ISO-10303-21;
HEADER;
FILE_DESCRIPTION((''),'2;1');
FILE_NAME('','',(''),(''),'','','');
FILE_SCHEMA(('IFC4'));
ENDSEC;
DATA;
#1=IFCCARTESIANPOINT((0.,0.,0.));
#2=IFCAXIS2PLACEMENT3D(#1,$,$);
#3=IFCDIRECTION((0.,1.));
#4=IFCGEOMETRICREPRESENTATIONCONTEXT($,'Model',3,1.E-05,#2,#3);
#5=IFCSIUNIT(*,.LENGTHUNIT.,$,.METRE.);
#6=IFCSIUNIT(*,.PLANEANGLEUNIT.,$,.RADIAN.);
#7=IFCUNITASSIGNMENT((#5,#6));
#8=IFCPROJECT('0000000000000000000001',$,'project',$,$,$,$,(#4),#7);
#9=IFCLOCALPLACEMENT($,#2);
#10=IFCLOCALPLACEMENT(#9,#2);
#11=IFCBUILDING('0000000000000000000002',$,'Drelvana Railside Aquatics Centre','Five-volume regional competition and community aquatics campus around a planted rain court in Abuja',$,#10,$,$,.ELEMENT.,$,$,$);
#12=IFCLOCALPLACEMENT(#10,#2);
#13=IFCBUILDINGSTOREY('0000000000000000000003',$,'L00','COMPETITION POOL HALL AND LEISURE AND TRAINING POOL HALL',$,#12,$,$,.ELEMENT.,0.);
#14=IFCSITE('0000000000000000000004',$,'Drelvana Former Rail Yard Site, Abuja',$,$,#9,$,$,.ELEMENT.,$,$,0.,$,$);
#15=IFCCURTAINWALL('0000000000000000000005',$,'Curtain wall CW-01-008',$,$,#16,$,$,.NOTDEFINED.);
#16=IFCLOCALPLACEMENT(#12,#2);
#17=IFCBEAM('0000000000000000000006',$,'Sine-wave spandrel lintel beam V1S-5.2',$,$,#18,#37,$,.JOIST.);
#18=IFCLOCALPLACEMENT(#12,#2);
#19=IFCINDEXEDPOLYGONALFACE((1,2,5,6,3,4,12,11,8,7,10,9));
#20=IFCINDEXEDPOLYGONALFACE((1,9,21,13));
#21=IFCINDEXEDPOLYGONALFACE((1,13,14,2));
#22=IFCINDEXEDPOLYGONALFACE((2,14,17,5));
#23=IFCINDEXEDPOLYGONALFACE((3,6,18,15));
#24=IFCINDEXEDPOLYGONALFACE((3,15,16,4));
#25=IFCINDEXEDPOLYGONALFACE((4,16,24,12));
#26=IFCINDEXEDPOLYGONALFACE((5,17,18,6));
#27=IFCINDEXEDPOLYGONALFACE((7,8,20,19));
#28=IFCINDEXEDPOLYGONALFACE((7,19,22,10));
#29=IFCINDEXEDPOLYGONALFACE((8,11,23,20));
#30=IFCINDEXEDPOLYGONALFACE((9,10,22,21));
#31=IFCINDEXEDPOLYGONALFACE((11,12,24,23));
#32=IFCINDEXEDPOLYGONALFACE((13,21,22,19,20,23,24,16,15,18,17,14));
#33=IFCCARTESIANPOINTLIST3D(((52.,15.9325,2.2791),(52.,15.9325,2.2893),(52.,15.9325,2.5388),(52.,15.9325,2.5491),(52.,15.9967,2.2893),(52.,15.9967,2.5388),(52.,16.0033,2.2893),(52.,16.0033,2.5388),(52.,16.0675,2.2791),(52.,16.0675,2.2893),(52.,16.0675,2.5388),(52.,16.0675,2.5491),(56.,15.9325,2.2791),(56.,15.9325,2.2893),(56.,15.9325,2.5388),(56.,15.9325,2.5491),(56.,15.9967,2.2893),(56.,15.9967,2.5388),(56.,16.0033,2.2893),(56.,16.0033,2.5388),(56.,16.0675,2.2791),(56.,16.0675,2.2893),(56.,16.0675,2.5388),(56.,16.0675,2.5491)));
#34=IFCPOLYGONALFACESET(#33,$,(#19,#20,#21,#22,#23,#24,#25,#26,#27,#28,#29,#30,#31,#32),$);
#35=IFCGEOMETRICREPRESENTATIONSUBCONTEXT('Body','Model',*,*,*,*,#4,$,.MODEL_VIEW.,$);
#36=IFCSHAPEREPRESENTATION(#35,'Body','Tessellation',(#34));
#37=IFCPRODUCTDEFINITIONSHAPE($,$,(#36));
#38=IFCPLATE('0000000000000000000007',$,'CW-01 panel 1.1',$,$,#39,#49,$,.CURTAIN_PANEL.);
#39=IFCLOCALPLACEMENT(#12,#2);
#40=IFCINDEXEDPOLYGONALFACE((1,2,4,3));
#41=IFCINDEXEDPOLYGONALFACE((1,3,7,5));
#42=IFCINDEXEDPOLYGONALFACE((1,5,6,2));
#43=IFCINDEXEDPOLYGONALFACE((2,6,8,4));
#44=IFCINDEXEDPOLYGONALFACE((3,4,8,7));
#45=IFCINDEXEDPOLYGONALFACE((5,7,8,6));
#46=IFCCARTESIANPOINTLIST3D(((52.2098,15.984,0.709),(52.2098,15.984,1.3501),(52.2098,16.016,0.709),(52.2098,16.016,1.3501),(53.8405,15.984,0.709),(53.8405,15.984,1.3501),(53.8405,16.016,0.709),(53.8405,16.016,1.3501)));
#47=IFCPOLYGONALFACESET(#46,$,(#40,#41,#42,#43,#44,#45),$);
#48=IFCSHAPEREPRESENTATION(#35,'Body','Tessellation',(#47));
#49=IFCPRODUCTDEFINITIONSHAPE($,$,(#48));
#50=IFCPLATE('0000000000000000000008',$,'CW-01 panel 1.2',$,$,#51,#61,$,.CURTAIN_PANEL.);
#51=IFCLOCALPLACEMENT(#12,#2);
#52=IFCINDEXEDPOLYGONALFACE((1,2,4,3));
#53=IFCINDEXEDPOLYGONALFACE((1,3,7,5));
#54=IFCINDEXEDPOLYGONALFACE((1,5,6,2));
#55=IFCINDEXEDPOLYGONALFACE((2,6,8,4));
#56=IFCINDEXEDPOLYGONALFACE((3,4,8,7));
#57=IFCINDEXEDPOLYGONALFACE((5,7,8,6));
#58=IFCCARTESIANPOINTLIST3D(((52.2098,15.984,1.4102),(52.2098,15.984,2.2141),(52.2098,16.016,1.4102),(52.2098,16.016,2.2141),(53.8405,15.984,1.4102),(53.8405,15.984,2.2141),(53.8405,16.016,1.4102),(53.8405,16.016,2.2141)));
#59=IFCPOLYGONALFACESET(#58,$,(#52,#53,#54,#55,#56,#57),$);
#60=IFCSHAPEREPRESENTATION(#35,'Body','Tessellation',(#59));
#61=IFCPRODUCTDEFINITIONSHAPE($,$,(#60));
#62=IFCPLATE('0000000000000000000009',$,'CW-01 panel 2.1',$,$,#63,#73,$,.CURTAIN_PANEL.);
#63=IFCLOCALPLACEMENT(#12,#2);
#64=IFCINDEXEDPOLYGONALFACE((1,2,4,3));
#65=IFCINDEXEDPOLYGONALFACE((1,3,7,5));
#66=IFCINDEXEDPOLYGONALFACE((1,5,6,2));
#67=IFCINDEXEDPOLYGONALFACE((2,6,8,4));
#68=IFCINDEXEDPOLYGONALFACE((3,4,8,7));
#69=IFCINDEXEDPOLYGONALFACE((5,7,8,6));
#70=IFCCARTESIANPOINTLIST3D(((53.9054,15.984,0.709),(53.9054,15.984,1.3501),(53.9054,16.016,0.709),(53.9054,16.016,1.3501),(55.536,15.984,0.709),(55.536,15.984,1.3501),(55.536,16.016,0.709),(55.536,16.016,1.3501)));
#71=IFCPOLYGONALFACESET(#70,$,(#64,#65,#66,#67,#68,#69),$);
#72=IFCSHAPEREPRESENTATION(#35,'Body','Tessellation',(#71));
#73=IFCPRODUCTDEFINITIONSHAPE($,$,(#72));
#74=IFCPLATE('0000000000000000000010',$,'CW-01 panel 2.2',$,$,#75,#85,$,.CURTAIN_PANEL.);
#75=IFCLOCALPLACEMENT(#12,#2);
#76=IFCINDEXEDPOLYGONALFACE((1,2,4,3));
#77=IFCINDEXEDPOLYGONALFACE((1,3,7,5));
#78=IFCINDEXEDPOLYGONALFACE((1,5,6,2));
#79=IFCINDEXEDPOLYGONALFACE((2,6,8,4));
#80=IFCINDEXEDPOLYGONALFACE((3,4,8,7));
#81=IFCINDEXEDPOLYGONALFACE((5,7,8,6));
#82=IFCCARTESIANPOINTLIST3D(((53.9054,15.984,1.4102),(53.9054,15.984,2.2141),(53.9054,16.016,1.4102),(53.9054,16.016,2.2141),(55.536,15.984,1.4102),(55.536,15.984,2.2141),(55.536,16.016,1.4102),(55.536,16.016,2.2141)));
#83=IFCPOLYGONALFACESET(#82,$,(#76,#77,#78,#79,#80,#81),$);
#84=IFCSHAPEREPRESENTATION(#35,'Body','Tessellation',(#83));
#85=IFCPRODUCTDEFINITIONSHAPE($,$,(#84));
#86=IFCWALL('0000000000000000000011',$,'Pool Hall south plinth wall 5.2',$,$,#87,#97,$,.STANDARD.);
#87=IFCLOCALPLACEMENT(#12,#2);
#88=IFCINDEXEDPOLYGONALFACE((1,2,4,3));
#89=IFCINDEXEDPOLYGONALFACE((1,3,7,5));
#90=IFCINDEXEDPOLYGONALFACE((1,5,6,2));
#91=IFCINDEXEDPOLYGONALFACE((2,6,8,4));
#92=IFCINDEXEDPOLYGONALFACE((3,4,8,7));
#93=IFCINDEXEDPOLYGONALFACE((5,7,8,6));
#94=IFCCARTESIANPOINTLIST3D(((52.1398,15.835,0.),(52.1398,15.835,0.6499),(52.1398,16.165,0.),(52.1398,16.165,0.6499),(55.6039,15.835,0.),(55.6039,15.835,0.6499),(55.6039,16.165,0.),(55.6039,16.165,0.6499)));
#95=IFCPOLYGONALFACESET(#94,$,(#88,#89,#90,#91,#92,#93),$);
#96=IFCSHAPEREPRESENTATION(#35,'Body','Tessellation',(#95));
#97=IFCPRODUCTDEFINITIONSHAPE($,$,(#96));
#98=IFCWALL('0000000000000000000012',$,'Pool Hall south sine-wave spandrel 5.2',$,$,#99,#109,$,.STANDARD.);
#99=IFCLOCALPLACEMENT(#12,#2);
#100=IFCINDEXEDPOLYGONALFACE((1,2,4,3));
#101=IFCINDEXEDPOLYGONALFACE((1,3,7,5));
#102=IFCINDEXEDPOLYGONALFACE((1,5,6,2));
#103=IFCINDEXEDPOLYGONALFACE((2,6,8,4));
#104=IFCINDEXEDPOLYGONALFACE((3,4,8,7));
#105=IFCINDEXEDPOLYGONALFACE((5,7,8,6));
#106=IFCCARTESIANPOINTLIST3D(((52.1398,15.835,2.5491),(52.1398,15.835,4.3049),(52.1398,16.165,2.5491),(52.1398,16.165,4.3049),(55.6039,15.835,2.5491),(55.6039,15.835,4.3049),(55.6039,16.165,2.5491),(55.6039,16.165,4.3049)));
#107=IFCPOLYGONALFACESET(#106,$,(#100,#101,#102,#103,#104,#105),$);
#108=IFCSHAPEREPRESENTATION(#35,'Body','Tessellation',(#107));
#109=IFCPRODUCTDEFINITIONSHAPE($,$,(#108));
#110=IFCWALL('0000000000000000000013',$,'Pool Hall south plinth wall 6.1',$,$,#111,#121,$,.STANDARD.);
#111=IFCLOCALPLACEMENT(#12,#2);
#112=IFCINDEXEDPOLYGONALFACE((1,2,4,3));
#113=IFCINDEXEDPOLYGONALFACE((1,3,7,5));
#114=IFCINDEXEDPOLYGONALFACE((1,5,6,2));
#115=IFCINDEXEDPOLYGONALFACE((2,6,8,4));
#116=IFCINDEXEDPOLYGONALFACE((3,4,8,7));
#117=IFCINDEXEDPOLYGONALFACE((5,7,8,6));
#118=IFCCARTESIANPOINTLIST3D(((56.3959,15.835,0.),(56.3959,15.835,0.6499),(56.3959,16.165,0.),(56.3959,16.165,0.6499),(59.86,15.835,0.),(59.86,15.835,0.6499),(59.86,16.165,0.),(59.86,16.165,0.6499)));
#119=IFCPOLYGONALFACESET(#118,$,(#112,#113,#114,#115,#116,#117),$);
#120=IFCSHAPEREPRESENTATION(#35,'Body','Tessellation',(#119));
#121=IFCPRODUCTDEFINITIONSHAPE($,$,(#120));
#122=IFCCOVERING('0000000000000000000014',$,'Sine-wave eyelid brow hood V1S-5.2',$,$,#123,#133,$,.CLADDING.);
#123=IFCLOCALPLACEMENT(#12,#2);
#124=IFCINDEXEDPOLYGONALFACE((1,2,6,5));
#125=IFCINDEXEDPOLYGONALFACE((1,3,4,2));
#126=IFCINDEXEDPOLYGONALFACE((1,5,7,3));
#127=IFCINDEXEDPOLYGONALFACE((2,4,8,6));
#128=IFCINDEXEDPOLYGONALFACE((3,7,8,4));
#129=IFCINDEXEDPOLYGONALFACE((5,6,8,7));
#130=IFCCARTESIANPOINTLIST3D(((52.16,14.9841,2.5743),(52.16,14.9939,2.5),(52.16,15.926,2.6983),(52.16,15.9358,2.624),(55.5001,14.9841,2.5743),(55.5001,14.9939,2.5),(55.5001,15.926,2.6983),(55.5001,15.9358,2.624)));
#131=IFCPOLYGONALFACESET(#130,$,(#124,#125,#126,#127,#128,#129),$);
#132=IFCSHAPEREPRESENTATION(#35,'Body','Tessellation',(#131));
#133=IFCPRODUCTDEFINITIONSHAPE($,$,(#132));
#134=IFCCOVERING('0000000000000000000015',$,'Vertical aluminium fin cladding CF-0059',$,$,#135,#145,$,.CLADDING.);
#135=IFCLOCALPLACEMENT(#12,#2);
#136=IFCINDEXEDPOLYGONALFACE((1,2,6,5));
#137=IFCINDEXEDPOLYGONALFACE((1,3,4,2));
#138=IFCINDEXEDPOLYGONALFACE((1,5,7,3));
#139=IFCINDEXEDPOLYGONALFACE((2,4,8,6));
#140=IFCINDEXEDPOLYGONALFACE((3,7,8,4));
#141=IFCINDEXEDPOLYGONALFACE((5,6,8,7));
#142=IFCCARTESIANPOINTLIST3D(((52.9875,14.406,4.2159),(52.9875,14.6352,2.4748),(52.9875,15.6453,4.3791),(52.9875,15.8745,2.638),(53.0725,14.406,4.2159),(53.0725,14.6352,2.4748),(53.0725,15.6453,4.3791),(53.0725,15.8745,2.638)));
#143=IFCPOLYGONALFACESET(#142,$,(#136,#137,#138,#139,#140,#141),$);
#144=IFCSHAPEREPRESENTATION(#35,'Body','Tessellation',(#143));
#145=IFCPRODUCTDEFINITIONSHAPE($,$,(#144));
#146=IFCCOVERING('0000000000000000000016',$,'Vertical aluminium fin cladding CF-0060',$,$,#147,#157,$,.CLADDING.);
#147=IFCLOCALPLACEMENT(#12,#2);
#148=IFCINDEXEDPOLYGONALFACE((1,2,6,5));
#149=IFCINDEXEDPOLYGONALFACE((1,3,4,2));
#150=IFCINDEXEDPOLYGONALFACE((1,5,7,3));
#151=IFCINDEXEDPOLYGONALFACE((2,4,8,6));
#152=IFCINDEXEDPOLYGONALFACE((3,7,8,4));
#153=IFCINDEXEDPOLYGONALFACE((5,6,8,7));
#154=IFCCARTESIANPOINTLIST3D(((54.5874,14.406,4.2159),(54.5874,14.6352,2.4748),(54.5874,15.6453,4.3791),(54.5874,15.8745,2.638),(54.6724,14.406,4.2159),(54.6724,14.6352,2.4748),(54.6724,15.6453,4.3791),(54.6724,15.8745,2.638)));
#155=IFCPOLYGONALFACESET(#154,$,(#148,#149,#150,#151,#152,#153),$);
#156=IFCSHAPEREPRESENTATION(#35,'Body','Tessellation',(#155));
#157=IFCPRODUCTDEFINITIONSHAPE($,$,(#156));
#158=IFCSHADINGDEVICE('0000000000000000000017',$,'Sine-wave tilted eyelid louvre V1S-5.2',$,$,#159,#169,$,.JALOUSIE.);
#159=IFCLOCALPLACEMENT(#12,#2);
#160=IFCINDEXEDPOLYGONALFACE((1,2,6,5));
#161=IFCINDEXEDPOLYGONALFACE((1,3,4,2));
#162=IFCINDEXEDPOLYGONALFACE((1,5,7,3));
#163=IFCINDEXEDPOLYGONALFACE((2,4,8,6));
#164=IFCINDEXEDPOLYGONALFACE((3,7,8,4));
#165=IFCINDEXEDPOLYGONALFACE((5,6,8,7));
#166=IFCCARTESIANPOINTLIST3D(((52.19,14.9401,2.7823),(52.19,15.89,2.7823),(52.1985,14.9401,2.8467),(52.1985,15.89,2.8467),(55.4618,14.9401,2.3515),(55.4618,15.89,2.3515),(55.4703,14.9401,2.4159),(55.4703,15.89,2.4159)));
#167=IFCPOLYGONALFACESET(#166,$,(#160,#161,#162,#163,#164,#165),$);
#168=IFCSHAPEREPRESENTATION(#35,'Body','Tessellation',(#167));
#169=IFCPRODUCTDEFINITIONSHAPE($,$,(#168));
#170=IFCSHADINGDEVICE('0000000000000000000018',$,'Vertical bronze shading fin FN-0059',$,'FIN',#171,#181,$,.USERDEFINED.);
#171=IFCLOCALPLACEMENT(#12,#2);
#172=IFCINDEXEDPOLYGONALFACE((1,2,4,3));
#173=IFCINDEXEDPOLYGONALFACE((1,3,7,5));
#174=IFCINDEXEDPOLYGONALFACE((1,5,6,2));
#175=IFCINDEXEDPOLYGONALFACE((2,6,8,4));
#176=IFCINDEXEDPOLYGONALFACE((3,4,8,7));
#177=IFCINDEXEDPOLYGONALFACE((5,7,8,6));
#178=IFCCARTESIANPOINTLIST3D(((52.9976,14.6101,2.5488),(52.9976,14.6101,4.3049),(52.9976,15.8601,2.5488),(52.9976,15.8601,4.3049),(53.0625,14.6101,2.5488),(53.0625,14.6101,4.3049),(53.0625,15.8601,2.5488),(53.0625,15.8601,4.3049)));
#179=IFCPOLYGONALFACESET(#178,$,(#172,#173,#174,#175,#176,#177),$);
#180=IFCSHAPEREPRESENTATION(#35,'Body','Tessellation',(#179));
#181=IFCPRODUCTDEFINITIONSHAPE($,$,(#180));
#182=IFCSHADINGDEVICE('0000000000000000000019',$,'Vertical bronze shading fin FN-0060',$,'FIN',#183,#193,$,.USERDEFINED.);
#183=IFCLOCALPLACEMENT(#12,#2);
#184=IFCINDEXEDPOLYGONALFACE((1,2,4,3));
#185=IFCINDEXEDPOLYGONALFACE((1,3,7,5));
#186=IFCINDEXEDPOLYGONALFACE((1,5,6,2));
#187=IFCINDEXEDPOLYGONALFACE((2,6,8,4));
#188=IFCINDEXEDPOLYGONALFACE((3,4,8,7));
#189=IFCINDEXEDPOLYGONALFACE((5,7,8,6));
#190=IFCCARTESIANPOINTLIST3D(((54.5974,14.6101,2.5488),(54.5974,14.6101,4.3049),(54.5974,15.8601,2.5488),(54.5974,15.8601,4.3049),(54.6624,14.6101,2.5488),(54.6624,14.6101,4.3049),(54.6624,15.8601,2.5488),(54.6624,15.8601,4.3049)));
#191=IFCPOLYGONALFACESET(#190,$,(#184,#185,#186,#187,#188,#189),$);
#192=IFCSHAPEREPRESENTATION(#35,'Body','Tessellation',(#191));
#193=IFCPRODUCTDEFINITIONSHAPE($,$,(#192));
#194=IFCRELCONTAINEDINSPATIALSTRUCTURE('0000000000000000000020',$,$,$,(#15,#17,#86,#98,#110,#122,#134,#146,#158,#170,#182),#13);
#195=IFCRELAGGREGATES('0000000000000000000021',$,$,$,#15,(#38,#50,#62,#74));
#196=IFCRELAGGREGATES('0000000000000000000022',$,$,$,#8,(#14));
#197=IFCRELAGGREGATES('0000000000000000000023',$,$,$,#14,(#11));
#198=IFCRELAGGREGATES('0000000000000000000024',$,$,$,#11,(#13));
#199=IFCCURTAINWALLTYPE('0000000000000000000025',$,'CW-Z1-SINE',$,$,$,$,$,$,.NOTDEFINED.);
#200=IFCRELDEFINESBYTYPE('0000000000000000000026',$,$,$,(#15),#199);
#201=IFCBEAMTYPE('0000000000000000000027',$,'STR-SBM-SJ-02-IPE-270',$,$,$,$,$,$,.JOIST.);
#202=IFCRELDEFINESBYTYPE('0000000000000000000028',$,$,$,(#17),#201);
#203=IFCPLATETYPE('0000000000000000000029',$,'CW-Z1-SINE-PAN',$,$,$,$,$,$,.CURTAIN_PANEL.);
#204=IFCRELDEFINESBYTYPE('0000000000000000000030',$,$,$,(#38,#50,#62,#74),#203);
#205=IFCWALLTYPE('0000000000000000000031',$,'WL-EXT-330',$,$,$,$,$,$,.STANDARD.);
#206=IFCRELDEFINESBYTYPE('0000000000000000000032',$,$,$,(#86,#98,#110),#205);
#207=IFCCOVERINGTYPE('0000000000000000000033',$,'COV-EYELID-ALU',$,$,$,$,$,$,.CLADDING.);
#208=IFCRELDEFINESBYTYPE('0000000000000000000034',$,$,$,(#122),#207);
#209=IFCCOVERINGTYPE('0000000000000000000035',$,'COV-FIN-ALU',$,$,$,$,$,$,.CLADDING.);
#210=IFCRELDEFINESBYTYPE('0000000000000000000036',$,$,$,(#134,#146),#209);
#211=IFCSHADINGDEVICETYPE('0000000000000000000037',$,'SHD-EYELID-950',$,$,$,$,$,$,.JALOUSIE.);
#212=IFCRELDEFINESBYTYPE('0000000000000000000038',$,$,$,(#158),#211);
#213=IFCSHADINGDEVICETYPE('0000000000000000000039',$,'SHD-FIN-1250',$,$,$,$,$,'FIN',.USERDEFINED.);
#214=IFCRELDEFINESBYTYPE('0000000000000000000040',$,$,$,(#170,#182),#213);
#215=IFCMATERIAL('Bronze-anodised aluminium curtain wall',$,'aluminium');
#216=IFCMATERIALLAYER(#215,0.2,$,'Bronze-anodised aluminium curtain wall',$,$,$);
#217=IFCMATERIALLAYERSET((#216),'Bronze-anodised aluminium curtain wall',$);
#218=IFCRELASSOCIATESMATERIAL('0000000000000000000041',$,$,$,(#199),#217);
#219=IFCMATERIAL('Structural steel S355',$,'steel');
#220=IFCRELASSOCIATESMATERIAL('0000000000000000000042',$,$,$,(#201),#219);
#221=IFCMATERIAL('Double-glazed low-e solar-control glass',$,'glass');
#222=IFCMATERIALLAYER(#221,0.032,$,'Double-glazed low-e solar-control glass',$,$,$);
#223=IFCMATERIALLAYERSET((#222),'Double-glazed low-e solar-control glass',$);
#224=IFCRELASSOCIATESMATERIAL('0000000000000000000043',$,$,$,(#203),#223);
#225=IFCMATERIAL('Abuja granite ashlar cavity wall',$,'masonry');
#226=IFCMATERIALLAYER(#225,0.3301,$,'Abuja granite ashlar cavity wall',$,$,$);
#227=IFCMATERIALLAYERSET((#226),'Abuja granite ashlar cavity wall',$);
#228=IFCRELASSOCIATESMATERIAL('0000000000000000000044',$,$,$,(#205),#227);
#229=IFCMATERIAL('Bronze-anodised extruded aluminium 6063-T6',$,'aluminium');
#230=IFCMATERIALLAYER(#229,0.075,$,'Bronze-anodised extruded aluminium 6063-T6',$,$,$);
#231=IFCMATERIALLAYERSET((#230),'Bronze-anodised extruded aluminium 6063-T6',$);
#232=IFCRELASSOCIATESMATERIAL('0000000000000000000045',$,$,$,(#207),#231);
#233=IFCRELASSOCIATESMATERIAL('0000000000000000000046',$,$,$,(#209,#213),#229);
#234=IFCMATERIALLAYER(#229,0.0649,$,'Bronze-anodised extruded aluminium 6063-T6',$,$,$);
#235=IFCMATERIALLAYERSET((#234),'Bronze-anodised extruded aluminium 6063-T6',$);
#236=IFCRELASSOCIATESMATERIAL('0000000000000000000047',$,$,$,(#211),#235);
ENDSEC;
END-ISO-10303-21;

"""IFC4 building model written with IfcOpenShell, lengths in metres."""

from ifc_helpers import new_model, si_unit, direction, frame, frame_2d, origin, origin_2d, place, context, subcontext, project, spatial, rectangle, i_section, extrude, material, layer, layer_set, material_profile, profile_set, type_object, element, aggregate, save


model = new_model("IFC4")

# Units and contexts
model_context = context("Model", 3, precision=1e-05, world=origin(), true_north=direction((0.0, 1.0)))
body_context = subcontext(model_context, "Body", "Model", "MODEL_VIEW")
ifc_project = project(units=[si_unit("LENGTHUNIT", "METRE"), si_unit("PLANEANGLEUNIT", "RADIAN")], contexts=[model_context])

# Site, building, storey
site_placement = place(None, origin())
site = spatial("IfcSite", under=ifc_project, at=site_placement, Name="Drelvana Former Rail Yard Site, Abuja", CompositionType="ELEMENT", RefElevation=0.0)
building_placement = place(site_placement, origin())
building = spatial("IfcBuilding", under=site, at=building_placement, Name="Drelvana Railside Aquatics Centre", Description="Five-volume regional competition and community aquatics campus around a planted rain court in Abuja", CompositionType="ELEMENT")
storey_placement = place(building_placement, origin())
storey = spatial("IfcBuildingStorey", under=building, at=storey_placement, Name="L00", Description="COMPETITION POOL HALL AND LEISURE AND TRAINING POOL HALL", CompositionType="ELEMENT", Elevation=0.0)

# Curtain wall
ifc_material_1 = material(Name="Bronze-anodised aluminium curtain wall", Category="aluminium")
ifc_layer_1 = layer(ifc_material_1, 0.2, Name="Bronze-anodised aluminium curtain wall")
ifc_layer_set_1 = layer_set([ifc_layer_1], Name="Bronze-anodised aluminium curtain wall")
curtain_wall_type = type_object("IfcCurtainWallType", Name="CW-Z1-SINE", PredefinedType="NOTDEFINED", material=ifc_layer_set_1)
curtain_wall_1_placement = place(storey_placement, origin())
curtain_wall_1 = element("IfcCurtainWall", 1, at=curtain_wall_1_placement, inside=storey, type_object=curtain_wall_type, Name="Curtain wall CW-01-008", PredefinedType="NOTDEFINED")

# Beam
ifc_material_2 = material(Name="Structural steel S355", Category="steel")
ifc_material_profile_1 = material_profile(ifc_material_2, i_section(OverallWidth=0.135, OverallDepth=0.27, WebThickness=0.0066, FlangeThickness=0.0103, at=origin_2d()), Name="IPE 270")
ifc_profile_set_1 = profile_set([ifc_material_profile_1], Name="Structural steel S355")
beam_type_1 = type_object("IfcBeamType", Name="STR-SBM-SJ-02-IPE-270", PredefinedType="JOIST", material=ifc_profile_set_1)
beam_1_placement = place(storey_placement, frame((52.0, 16.0, 2.4141), z_axis=(1.0, 0.0, 0.0), x_axis=(0.0, 1.0, 0.0)))
element("IfcBeam", 2, at=beam_1_placement, inside=storey, type_object=beam_type_1, Name="Sine-wave spandrel lintel beam V1S-5.2", PredefinedType="JOIST", context=body_context, shape_type="SweptSolid", body=[
    extrude(i_section(OverallWidth=0.135, OverallDepth=0.27, WebThickness=0.0066, FlangeThickness=0.0103, at=origin_2d()), origin(), (0.0, 0.0, 1.0), 4.0),
])

# Plates
ifc_material_3 = material(Name="Double-glazed low-e solar-control glass", Category="glass")
ifc_layer_2 = layer(ifc_material_3, 0.032, Name="Double-glazed low-e solar-control glass")
ifc_layer_set_2 = layer_set([ifc_layer_2], Name="Double-glazed low-e solar-control glass")
plate_type = type_object("IfcPlateType", Name="CW-Z1-SINE-PAN", PredefinedType="CURTAIN_PANEL", material=ifc_layer_set_2)
plate_1_placement = place(storey_placement, frame((53.0251, 16.0, 0.709), z_axis=(0.0, 0.0, 1.0), x_axis=(1.0, 0.0, 0.0)))
plate_1 = element("IfcPlate", 3, at=plate_1_placement, type_object=plate_type, Name="CW-01 panel 1.1", PredefinedType="CURTAIN_PANEL", context=body_context, shape_type="SweptSolid", body=[
    extrude(rectangle(XDim=1.6306, YDim=0.032, at=origin_2d()), origin(), (0.0, 0.0, 1.0), 0.6411),
])
plate_2_placement = place(storey_placement, frame((53.0251, 16.0, 1.4102), z_axis=(0.0, 0.0, 1.0), x_axis=(1.0, 0.0, 0.0)))
plate_2 = element("IfcPlate", 4, at=plate_2_placement, type_object=plate_type, Name="CW-01 panel 1.2", PredefinedType="CURTAIN_PANEL", context=body_context, shape_type="SweptSolid", body=[
    extrude(rectangle(XDim=1.6306, YDim=0.032, at=origin_2d()), origin(), (0.0, 0.0, 1.0), 0.804),
])
plate_3_placement = place(storey_placement, frame((54.7207, 16.0, 0.709), z_axis=(0.0, 0.0, 1.0), x_axis=(1.0, 0.0, 0.0)))
plate_3 = element("IfcPlate", 5, at=plate_3_placement, type_object=plate_type, Name="CW-01 panel 2.1", PredefinedType="CURTAIN_PANEL", context=body_context, shape_type="SweptSolid", body=[
    extrude(rectangle(XDim=1.6306, YDim=0.032, at=origin_2d()), origin(), (0.0, 0.0, 1.0), 0.6411),
])
plate_4_placement = place(storey_placement, frame((54.7207, 16.0, 1.4102), z_axis=(0.0, 0.0, 1.0), x_axis=(1.0, 0.0, 0.0)))
plate_4 = element("IfcPlate", 6, at=plate_4_placement, type_object=plate_type, Name="CW-01 panel 2.2", PredefinedType="CURTAIN_PANEL", context=body_context, shape_type="SweptSolid", body=[
    extrude(rectangle(XDim=1.6306, YDim=0.032, at=origin_2d()), origin(), (0.0, 0.0, 1.0), 0.804),
])
aggregate(curtain_wall_1, [plate_1, plate_2, plate_3, plate_4])

# Walls
ifc_material_4 = material(Name="Abuja granite ashlar cavity wall", Category="masonry")
ifc_layer_3 = layer(ifc_material_4, 0.3301, Name="Abuja granite ashlar cavity wall")
ifc_layer_set_3 = layer_set([ifc_layer_3], Name="Abuja granite ashlar cavity wall")
wall_type = type_object("IfcWallType", Name="WL-EXT-330", PredefinedType="STANDARD", material=ifc_layer_set_3)
wall_1_placement = place(storey_placement, frame((52.1399, 16.0, 0.0), z_axis=(0.0, 0.0, 1.0), x_axis=(1.0, 0.0, 0.0)))
element("IfcWall", 7, at=wall_1_placement, inside=storey, type_object=wall_type, Name="Pool Hall south plinth wall 5.2", PredefinedType="STANDARD", context=body_context, shape_type="SweptSolid", body=[
    extrude(rectangle(XDim=3.4641, YDim=0.3301, at=frame_2d((1.7319, 0.0))), origin(), (0.0, 0.0, 1.0), 0.6499),
])
wall_2_placement = place(storey_placement, frame((52.1399, 16.0, 2.5491), z_axis=(0.0, 0.0, 1.0), x_axis=(1.0, 0.0, 0.0)))
element("IfcWall", 8, at=wall_2_placement, inside=storey, type_object=wall_type, Name="Pool Hall south sine-wave spandrel 5.2", PredefinedType="STANDARD", context=body_context, shape_type="SweptSolid", body=[
    extrude(rectangle(XDim=3.4641, YDim=0.3301, at=frame_2d((1.7319, 0.0))), origin(), (0.0, 0.0, 1.0), 1.7559),
])
wall_3_placement = place(storey_placement, frame((56.396, 16.0, 0.0), z_axis=(0.0, 0.0, 1.0), x_axis=(1.0, 0.0, 0.0)))
element("IfcWall", 9, at=wall_3_placement, inside=storey, type_object=wall_type, Name="Pool Hall south plinth wall 6.1", PredefinedType="STANDARD", context=body_context, shape_type="SweptSolid", body=[
    extrude(rectangle(XDim=3.4641, YDim=0.3301, at=frame_2d((1.7319, 0.0))), origin(), (0.0, 0.0, 1.0), 0.6499),
])

# Coverings
ifc_material_5 = material(Name="Bronze-anodised extruded aluminium 6063-T6", Category="aluminium")
ifc_layer_4 = layer(ifc_material_5, 0.075, Name="Bronze-anodised extruded aluminium 6063-T6")
ifc_layer_set_4 = layer_set([ifc_layer_4], Name="Bronze-anodised extruded aluminium 6063-T6")
covering_type_1 = type_object("IfcCoveringType", Name="COV-EYELID-ALU", PredefinedType="CLADDING", material=ifc_layer_set_4)
covering_placement = place(storey_placement, frame((53.8301, 15.4648, 2.562), z_axis=(0.0, -0.130526, 0.991445), x_axis=(-1.0, 0.0, 0.0)))
element("IfcCovering", 10, at=covering_placement, inside=storey, type_object=covering_type_1, Name="Sine-wave eyelid brow hood V1S-5.2", PredefinedType="CLADDING", context=body_context, shape_type="SweptSolid", body=[
    extrude(rectangle(XDim=3.3401, YDim=0.95, at=origin_2d()), origin(), (0.0, 0.0, 1.0), 0.075),
])
covering_type_2 = type_object("IfcCoveringType", Name="COV-FIN-ALU", PredefinedType="CLADDING", material=ifc_material_5)
for number, where, z_axis, x_axis, name in (
    (11, (53.03, 15.2549, 2.5564), (0.0, -0.130526, 0.991445), (-1.0, 0.0, 0.0), "Vertical aluminium fin cladding CF-0059"),
    (12, (54.6299, 15.2549, 2.5564), (0.0, -0.130526, 0.991445), (-1.0, 0.0, 0.0), "Vertical aluminium fin cladding CF-0060"),
):
    element("IfcCovering", number, at=place(storey_placement, frame(where, z_axis=z_axis, x_axis=x_axis)), inside=storey, type_object=covering_type_2, Name=name, PredefinedType="CLADDING", context=body_context, shape_type="SweptSolid", body=[
        extrude(rectangle(XDim=0.085, YDim=1.25, at=origin_2d()), origin(), (0.0, 0.0, 1.0), 1.7561),
    ])

# Shading devices
ifc_layer_5 = layer(ifc_material_5, 0.0649, Name="Bronze-anodised extruded aluminium 6063-T6")
ifc_layer_set_5 = layer_set([ifc_layer_5], Name="Bronze-anodised extruded aluminium 6063-T6")
shading_device_type_1 = type_object("IfcShadingDeviceType", Name="SHD-EYELID-950", PredefinedType="JALOUSIE", material=ifc_layer_set_5)
shading_device_placement = place(storey_placement, frame((53.8259, 15.415, 2.5669), z_axis=(0.130526, 0.0, 0.991445), x_axis=(0.0, -1.0, 0.0)))
element("IfcShadingDevice", 13, at=shading_device_placement, inside=storey, type_object=shading_device_type_1, Name="Sine-wave tilted eyelid louvre V1S-5.2", PredefinedType="JALOUSIE", context=body_context, shape_type="SweptSolid", body=[
    extrude(rectangle(XDim=0.95, YDim=3.3, at=origin_2d()), origin(), (0.0, 0.0, 1.0), 0.0649),
])
shading_device_type_2 = type_object("IfcShadingDeviceType", Name="SHD-FIN-1250", ElementType="FIN", PredefinedType="USERDEFINED", material=ifc_material_5)
for number, where, z_axis, x_axis, name in (
    (14, (53.03, 15.2351, 2.5488), (0.0, 0.0, 1.0), (0.0, -1.0, 0.0), "Vertical bronze shading fin FN-0059"),
    (15, (54.6299, 15.2351, 2.5488), (0.0, 0.0, 1.0), (0.0, -1.0, 0.0), "Vertical bronze shading fin FN-0060"),
):
    element("IfcShadingDevice", number, at=place(storey_placement, frame(where, z_axis=z_axis, x_axis=x_axis)), inside=storey, type_object=shading_device_type_2, Name=name, ObjectType="FIN", PredefinedType="USERDEFINED", context=body_context, shape_type="SweptSolid", body=[
        extrude(rectangle(XDim=1.25, YDim=0.0649, at=origin_2d()), origin(), (0.0, 0.0, 1.0), 1.7561),
    ])

save(model, "model.ifc")
